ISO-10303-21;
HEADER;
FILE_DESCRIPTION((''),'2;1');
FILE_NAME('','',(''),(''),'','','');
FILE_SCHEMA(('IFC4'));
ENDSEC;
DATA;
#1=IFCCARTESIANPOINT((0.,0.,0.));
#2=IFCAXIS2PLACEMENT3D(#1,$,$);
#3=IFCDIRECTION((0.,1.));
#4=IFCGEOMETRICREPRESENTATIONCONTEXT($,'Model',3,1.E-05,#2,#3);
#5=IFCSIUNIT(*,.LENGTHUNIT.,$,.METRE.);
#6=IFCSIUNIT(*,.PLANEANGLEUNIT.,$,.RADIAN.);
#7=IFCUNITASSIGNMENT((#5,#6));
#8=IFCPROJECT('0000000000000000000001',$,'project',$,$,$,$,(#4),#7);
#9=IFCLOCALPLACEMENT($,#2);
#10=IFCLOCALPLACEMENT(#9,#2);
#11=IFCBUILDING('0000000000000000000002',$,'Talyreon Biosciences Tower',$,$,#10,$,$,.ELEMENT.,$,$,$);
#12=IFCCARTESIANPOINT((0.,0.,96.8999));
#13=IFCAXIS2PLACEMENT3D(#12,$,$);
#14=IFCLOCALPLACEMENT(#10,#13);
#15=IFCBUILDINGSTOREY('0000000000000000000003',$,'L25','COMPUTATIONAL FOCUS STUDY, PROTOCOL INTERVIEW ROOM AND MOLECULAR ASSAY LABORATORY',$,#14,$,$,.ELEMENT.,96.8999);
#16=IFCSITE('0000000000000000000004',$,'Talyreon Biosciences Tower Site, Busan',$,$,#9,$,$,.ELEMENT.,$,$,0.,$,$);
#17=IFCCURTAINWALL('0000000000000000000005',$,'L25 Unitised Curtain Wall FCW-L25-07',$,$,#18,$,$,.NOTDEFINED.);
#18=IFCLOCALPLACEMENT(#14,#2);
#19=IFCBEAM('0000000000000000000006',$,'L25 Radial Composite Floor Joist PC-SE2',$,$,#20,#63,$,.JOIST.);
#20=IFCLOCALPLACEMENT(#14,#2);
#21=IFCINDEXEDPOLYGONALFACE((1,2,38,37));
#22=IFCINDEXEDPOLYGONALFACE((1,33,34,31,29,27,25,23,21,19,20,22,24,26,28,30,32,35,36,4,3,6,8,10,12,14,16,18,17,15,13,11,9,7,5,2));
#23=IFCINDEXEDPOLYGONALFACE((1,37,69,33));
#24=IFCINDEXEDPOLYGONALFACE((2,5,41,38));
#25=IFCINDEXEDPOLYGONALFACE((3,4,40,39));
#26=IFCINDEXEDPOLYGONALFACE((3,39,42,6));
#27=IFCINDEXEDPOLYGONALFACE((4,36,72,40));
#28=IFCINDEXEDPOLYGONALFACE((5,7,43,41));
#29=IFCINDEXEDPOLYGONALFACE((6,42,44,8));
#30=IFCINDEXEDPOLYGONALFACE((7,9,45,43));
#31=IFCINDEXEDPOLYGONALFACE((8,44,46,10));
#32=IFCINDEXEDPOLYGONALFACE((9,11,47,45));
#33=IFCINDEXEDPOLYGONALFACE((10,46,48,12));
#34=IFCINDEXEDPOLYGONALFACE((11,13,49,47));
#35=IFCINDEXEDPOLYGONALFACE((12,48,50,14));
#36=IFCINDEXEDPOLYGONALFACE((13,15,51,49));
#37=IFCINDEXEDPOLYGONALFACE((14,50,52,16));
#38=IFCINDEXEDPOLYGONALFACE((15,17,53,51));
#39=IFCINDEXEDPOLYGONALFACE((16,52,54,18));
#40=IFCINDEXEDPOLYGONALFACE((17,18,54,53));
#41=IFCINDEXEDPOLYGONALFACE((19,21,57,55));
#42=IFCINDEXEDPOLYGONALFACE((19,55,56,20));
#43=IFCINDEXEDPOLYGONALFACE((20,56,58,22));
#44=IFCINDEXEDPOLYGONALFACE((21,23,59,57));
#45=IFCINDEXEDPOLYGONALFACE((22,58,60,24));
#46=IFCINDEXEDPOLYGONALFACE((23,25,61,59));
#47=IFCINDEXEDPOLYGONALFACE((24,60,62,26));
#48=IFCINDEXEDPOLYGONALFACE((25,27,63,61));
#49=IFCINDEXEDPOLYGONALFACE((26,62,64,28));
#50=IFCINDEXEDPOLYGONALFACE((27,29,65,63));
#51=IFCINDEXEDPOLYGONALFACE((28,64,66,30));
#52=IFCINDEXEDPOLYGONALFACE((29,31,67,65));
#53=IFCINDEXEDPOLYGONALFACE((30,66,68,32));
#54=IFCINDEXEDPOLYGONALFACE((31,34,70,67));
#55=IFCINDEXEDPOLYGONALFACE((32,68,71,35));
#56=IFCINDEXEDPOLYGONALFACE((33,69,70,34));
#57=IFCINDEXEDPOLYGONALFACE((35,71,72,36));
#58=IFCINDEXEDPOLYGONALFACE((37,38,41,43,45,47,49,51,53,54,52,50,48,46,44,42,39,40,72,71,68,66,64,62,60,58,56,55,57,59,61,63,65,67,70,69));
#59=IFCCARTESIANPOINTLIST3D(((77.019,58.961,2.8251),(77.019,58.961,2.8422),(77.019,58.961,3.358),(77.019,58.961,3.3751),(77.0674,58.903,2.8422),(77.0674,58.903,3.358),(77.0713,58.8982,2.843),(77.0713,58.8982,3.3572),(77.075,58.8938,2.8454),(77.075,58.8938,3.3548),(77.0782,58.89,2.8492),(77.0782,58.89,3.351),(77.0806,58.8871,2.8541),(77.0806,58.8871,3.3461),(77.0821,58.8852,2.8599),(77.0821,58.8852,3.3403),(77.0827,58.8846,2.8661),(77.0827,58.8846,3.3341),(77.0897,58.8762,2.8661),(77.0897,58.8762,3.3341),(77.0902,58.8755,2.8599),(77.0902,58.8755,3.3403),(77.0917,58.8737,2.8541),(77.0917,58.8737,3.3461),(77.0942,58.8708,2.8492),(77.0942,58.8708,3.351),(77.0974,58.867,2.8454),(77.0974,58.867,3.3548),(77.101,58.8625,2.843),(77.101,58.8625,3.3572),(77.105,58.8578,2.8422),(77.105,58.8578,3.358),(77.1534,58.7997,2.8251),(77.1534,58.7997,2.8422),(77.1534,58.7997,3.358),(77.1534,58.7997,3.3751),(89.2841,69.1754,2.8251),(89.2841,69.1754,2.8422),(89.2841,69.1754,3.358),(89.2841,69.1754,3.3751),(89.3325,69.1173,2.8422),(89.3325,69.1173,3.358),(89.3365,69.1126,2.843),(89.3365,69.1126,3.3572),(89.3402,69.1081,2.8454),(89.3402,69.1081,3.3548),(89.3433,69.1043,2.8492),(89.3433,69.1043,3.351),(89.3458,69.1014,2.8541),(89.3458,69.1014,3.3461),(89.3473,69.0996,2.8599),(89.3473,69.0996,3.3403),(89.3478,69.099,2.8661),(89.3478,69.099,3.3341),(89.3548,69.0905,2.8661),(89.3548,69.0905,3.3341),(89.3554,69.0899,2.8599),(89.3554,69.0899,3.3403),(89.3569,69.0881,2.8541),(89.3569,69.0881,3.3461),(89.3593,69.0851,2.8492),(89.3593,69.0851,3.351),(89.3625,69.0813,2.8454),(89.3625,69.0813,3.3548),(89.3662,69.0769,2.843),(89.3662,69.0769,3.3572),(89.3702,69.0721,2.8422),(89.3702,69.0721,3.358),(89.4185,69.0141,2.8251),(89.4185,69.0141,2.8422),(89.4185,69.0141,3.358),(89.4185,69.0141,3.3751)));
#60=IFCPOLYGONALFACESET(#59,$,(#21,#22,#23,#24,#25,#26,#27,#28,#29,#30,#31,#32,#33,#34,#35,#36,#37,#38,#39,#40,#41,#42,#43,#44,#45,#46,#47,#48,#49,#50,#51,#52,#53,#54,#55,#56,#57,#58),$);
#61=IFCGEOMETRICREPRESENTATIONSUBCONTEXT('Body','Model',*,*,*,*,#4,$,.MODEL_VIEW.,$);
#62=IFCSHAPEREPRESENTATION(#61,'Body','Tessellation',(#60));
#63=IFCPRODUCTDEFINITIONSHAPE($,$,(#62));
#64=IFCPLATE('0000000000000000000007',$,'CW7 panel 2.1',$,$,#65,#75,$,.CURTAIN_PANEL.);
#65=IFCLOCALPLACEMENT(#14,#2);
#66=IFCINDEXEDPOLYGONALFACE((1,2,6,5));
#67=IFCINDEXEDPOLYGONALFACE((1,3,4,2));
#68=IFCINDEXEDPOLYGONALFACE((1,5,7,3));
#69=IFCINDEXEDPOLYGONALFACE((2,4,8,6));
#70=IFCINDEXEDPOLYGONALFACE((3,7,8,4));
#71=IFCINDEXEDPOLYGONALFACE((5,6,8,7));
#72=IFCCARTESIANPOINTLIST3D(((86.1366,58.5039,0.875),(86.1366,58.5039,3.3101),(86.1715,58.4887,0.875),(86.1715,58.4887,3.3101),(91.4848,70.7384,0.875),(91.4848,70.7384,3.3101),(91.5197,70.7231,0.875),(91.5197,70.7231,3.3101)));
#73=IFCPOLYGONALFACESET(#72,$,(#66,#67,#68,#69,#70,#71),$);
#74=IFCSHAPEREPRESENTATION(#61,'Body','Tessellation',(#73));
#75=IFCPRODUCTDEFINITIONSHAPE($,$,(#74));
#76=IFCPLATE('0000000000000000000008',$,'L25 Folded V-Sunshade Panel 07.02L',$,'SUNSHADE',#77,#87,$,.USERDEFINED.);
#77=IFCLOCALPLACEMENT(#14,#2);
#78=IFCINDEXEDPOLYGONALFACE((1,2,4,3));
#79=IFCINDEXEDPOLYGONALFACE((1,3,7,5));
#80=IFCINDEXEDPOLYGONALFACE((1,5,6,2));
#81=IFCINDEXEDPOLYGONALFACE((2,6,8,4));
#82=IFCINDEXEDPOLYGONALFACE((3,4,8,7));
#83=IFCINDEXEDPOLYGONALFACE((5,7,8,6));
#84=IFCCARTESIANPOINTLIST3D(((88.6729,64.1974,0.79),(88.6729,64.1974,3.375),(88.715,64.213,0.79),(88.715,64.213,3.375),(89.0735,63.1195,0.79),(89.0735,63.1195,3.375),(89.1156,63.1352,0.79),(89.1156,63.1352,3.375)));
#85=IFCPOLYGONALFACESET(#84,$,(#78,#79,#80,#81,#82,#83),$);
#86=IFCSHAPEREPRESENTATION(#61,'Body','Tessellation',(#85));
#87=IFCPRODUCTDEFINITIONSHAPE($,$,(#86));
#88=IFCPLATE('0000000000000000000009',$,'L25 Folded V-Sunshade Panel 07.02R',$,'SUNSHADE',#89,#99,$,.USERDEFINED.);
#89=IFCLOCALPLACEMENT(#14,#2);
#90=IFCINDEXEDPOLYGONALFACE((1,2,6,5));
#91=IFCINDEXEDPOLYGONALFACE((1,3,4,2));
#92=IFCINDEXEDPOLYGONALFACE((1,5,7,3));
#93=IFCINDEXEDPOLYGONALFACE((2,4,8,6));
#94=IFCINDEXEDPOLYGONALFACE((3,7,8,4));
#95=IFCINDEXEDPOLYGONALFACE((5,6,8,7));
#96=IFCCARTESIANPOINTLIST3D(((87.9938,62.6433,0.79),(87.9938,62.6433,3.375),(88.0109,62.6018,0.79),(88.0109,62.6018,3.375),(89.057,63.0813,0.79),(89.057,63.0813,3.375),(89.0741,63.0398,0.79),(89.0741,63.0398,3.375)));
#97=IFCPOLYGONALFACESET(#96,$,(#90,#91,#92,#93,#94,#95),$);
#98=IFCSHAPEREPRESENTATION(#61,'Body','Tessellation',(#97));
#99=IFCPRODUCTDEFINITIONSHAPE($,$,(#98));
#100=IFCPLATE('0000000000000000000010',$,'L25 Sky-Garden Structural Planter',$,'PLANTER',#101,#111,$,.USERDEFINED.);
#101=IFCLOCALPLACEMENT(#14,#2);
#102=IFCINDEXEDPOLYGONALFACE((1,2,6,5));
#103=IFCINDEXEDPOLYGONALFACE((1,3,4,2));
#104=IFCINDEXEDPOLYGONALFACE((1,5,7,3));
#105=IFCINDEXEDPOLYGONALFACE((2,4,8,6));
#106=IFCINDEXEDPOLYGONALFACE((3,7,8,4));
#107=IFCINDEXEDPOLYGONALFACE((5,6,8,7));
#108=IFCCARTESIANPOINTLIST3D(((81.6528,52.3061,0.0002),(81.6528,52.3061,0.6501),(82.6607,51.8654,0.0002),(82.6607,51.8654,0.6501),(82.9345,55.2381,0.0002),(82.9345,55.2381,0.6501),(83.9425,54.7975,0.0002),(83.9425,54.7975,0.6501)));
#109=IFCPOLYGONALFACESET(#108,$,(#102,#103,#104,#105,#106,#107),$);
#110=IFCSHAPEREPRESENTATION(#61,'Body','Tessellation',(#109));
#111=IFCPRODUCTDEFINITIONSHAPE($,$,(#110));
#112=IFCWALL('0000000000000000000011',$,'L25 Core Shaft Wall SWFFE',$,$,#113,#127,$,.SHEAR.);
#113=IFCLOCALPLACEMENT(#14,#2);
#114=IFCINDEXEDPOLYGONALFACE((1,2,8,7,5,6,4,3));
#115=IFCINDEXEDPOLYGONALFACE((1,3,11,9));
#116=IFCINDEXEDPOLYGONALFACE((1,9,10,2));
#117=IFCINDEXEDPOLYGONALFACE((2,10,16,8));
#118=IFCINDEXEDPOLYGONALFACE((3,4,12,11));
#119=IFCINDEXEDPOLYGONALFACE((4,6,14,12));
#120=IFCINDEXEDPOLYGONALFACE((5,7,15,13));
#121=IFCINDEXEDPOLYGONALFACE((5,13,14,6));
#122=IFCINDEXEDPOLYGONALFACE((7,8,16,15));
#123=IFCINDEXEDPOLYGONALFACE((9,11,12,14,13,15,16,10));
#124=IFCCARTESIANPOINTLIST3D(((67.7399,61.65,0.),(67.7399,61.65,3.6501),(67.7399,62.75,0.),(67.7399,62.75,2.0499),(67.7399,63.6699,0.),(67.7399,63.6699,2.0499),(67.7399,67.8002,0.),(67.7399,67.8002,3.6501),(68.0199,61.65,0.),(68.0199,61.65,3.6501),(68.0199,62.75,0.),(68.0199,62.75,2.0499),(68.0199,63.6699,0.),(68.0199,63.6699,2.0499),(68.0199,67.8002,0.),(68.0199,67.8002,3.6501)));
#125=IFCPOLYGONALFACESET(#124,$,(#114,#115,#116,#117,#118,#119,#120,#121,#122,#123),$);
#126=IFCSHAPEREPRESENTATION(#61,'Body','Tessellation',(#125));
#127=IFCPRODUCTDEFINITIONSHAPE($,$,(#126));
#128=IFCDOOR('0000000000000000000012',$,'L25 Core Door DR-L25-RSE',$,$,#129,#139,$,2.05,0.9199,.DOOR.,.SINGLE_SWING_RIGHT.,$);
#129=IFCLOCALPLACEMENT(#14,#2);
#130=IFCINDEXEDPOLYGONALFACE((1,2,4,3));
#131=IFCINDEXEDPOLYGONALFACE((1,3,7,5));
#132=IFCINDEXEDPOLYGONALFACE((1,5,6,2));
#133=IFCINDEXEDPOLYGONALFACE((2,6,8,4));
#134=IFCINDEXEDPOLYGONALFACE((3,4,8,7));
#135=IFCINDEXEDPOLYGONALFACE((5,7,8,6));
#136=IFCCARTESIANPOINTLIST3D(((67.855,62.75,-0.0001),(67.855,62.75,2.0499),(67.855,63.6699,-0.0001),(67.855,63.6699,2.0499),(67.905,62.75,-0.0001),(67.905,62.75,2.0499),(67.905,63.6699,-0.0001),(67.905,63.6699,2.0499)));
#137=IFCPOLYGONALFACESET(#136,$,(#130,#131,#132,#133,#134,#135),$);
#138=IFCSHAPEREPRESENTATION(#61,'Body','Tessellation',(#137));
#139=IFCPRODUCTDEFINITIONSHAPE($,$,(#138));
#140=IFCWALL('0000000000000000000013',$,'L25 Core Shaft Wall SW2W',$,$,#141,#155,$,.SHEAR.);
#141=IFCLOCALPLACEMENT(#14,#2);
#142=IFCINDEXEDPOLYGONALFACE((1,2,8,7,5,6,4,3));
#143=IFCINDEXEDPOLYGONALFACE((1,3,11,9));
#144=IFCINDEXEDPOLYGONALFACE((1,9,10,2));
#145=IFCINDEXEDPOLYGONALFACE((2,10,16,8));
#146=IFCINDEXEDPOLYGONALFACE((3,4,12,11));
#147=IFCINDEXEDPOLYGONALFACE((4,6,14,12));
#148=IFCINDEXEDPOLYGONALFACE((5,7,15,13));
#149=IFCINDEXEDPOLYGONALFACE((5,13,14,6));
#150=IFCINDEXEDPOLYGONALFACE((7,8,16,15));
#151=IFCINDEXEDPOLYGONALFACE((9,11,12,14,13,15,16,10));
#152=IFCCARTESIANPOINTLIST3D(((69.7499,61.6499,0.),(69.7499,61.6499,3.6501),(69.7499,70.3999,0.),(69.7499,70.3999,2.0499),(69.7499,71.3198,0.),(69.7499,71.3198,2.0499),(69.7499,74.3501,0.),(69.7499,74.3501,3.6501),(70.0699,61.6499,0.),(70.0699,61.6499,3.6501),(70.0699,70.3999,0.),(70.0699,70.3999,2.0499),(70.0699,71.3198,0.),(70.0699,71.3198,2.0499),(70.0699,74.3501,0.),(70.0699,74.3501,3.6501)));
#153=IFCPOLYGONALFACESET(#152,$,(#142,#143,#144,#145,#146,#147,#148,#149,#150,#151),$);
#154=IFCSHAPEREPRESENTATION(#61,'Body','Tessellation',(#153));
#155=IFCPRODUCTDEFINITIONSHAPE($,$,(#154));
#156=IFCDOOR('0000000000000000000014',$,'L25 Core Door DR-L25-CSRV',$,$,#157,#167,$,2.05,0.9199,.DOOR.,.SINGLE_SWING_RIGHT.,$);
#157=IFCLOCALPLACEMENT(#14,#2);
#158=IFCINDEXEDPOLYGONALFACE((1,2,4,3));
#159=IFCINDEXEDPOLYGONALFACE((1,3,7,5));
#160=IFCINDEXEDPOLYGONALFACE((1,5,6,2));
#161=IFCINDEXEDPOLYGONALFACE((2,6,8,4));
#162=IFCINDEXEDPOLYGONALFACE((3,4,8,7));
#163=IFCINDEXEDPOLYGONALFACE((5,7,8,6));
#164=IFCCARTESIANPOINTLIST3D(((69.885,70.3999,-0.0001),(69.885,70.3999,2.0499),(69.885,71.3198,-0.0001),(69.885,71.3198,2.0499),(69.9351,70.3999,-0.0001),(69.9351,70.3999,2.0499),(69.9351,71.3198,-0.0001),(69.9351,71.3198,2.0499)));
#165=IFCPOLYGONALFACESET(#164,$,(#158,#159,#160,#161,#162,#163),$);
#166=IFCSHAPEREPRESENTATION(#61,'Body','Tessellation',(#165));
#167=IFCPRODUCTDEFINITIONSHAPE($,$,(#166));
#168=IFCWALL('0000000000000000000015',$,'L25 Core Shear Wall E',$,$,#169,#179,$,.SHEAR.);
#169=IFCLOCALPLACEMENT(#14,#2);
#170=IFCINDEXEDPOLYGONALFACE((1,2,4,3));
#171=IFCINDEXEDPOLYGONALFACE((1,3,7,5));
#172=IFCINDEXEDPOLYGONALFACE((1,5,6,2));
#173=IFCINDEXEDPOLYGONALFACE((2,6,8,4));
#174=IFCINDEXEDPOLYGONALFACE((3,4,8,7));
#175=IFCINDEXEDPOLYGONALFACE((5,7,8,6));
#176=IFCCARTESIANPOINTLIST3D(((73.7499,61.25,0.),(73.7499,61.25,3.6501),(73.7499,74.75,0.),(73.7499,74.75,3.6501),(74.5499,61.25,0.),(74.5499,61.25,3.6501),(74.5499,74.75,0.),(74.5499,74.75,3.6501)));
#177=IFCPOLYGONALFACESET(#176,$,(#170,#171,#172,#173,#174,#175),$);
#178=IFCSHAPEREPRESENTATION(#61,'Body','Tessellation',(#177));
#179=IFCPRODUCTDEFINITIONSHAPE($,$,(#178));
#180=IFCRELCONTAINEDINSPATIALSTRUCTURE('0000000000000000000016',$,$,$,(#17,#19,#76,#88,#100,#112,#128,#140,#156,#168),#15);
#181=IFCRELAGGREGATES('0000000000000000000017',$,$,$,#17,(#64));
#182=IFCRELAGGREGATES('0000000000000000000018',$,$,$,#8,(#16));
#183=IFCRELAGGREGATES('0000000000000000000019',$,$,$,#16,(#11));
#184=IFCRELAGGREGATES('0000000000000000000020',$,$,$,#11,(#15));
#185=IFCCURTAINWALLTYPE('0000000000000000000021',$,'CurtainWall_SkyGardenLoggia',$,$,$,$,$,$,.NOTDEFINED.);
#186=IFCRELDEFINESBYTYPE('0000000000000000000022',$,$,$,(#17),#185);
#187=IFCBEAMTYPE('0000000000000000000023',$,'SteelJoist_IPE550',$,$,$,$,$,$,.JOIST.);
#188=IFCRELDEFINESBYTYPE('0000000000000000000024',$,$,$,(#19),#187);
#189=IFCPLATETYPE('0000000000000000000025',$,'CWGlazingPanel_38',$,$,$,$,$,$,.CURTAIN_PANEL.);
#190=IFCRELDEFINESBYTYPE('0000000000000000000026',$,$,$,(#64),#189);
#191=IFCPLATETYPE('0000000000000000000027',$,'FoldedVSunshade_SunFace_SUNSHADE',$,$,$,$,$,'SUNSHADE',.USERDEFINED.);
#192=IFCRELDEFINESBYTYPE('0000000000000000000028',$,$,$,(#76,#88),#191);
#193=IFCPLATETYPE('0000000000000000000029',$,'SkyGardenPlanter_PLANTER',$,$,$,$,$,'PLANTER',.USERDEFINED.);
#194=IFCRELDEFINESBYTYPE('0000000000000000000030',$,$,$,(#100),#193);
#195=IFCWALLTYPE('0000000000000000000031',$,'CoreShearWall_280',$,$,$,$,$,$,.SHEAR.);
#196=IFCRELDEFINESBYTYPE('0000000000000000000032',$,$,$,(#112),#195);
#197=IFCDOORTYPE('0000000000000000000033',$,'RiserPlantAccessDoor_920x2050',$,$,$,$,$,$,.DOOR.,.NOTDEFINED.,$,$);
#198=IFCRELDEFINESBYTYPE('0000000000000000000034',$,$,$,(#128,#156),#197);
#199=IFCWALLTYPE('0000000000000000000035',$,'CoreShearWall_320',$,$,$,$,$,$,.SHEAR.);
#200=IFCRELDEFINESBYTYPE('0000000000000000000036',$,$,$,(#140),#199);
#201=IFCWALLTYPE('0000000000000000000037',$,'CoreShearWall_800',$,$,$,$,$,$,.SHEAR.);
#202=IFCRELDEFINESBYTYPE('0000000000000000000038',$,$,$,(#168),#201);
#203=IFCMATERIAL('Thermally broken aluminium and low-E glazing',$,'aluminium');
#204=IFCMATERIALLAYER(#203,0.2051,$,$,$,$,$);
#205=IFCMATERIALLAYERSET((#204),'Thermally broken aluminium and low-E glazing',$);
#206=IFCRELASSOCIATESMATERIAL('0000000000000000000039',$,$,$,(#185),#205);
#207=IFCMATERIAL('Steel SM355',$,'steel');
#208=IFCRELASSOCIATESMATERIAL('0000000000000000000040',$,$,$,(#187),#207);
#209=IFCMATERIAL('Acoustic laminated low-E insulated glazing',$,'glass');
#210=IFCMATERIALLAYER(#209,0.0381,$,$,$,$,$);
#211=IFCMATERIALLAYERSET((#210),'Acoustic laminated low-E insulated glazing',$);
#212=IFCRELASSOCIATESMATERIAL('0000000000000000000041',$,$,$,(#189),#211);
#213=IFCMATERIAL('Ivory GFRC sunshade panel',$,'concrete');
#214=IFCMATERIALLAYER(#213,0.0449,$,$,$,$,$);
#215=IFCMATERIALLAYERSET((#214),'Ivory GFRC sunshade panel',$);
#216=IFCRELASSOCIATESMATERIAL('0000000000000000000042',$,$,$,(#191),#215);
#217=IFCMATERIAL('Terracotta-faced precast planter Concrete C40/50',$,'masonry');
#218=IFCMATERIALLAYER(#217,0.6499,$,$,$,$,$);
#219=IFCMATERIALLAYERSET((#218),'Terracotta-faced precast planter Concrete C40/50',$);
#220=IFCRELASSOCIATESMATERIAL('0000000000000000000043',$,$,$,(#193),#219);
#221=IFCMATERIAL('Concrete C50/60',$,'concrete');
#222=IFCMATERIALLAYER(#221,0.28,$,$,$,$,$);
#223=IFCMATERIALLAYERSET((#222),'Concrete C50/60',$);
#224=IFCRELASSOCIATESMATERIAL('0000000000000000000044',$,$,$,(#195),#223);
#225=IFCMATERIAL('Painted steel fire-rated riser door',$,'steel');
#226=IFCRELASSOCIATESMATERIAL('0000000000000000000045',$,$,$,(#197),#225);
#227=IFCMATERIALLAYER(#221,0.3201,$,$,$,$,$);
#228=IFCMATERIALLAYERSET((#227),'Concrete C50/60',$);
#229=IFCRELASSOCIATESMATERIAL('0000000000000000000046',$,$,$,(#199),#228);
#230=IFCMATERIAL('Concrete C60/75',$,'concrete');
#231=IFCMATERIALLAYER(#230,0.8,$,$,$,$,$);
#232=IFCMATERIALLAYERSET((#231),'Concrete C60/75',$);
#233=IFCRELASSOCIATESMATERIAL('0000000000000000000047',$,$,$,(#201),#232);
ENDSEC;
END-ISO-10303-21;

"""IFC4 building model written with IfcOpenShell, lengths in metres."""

from ifc_helpers import new_model, si_unit, direction, frame, frame_2d, origin, origin_2d, place, context, subcontext, project, spatial, rectangle, i_section, extrude, material, layer, layer_set, material_profile, profile_set, type_object, element, fill, aggregate, save


model = new_model("IFC4")

# Units and contexts
model_context = context("Model", 3, precision=1e-05, world=origin(), true_north=direction((0.0, 1.0)))
body_context = subcontext(model_context, "Body", "Model", "MODEL_VIEW")
ifc_project = project(units=[si_unit("LENGTHUNIT", "METRE"), si_unit("PLANEANGLEUNIT", "RADIAN")], contexts=[model_context])

# Site, building, storey
site_placement = place(None, origin())
site = spatial("IfcSite", under=ifc_project, at=site_placement, Name="Talyreon Biosciences Tower Site, Busan", CompositionType="ELEMENT", RefElevation=0.0)
building_placement = place(site_placement, origin())
building = spatial("IfcBuilding", under=site, at=building_placement, Name="Talyreon Biosciences Tower", CompositionType="ELEMENT")
storey_placement = place(building_placement, frame((0.0, 0.0, 96.8999)))
storey = spatial("IfcBuildingStorey", under=building, at=storey_placement, Name="L25", Description="COMPUTATIONAL FOCUS STUDY, PROTOCOL INTERVIEW ROOM AND MOLECULAR ASSAY LABORATORY", CompositionType="ELEMENT", Elevation=96.8999)

# Shared definitions
ifc_material_1 = material(Name="Concrete C60/75", Category="concrete")
ifc_material_2 = material(Name="Concrete C50/60", Category="concrete")

# Curtain wall
ifc_material_3 = material(Name="Thermally broken aluminium and low-E glazing", Category="aluminium")
ifc_layer_1 = layer(ifc_material_3, 0.2051)
ifc_layer_set_1 = layer_set([ifc_layer_1], Name="Thermally broken aluminium and low-E glazing")
curtain_wall_type = type_object("IfcCurtainWallType", Name="CurtainWall_SkyGardenLoggia", PredefinedType="NOTDEFINED", material=ifc_layer_set_1)
curtain_wall_placement = place(storey_placement, origin())
curtain_wall = element("IfcCurtainWall", 1, at=curtain_wall_placement, inside=storey, type_object=curtain_wall_type, Name="L25 Unitised Curtain Wall FCW-L25-07", PredefinedType="NOTDEFINED")

# Beam
ifc_material_4 = material(Name="Steel SM355", Category="steel")
ifc_material_profile_1 = material_profile(ifc_material_4, i_section(OverallWidth=0.21, OverallDepth=0.55, WebThickness=0.011, FlangeThickness=0.0171, FilletRadius=0.0239, at=origin_2d()), Name="IPE550")
ifc_profile_set_1 = profile_set([ifc_material_profile_1], Name="Steel SM355")
beam_type_1 = type_object("IfcBeamType", Name="SteelJoist_IPE550", PredefinedType="JOIST", material=ifc_profile_set_1)
beam_1_placement = place(storey_placement, frame((77.0862, 58.8804, 3.1001), z_axis=(0.768424, 0.639941, 0.0), x_axis=(-0.639941, 0.768424, 0.0)))
element("IfcBeam", 2, at=beam_1_placement, inside=storey, type_object=beam_type_1, Name="L25 Radial Composite Floor Joist PC-SE2", PredefinedType="JOIST", context=body_context, shape_type="SweptSolid", body=[
    extrude(i_section(OverallWidth=0.21, OverallDepth=0.55, WebThickness=0.011, FlangeThickness=0.0171, FilletRadius=0.0239, at=origin_2d()), origin(), (0.0, 0.0, 1.0), 15.9614),
])

# Plate
ifc_material_5 = material(Name="Acoustic laminated low-E insulated glazing", Category="glass")
ifc_layer_2 = layer(ifc_material_5, 0.0381)
ifc_layer_set_2 = layer_set([ifc_layer_2], Name="Acoustic laminated low-E insulated glazing")
plate_type_1 = type_object("IfcPlateType", Name="CWGlazingPanel_38", PredefinedType="CURTAIN_PANEL", material=ifc_layer_set_2)
plate_1_placement = place(storey_placement, frame((88.8281, 64.6135, 0.875), z_axis=(0.0, 0.0, 1.0), x_axis=(-0.400543, -0.916278, 0.0)))
plate_1 = element("IfcPlate", 3, at=plate_1_placement, type_object=plate_type_1, Name="CW7 panel 2.1", PredefinedType="CURTAIN_PANEL", context=body_context, shape_type="SweptSolid", body=[
    extrude(rectangle(XDim=13.3523, YDim=0.0381, at=origin_2d()), origin(), (0.0, 0.0, 1.0), 2.4351),
])
aggregate(curtain_wall, [plate_1])

# Plates
ifc_material_6 = material(Name="Ivory GFRC sunshade panel", Category="concrete")
ifc_layer_3 = layer(ifc_material_6, 0.0449)
ifc_layer_set_3 = layer_set([ifc_layer_3], Name="Ivory GFRC sunshade panel")
plate_type_2 = type_object("IfcPlateType", Name="FoldedVSunshade_SunFace_SUNSHADE", ElementType="SUNSHADE", PredefinedType="USERDEFINED", material=ifc_layer_set_3)
for number, where, z_axis, x_axis, name in (
    (4, (88.8943, 63.6663, 0.79), (0.0, 0.0, 1.0), (0.348376, -0.937355, 0.0), "L25 Folded V-Sunshade Panel 07.02L"),
    (5, (88.5339, 62.8416, 0.79), (0.0, 0.0, 1.0), (-0.924626, -0.380877, 0.0), "L25 Folded V-Sunshade Panel 07.02R"),
):
    element("IfcPlate", number, at=place(storey_placement, frame(where, z_axis=z_axis, x_axis=x_axis)), inside=storey, type_object=plate_type_2, Name=name, ObjectType="SUNSHADE", PredefinedType="USERDEFINED", context=body_context, shape_type="SweptSolid", body=[
        extrude(rectangle(XDim=1.1499, YDim=0.0449, at=origin_2d()), origin(), (0.0, 0.0, 1.0), 2.585),
    ])
ifc_material_7 = material(Name="Terracotta-faced precast planter Concrete C40/50", Category="masonry")
ifc_layer_4 = layer(ifc_material_7, 0.6499)
ifc_layer_set_4 = layer_set([ifc_layer_4], Name="Terracotta-faced precast planter Concrete C40/50")
plate_type_3 = type_object("IfcPlateType", Name="SkyGardenPlanter_PLANTER", ElementType="PLANTER", PredefinedType="USERDEFINED", material=ifc_layer_set_4)
plate_2_placement = place(storey_placement, frame((82.7976, 53.5518, 0.0002), z_axis=(0.0, 0.0, 1.0), x_axis=(0.400541, 0.916279, 0.0)))
element("IfcPlate", 6, at=plate_2_placement, inside=storey, type_object=plate_type_3, Name="L25 Sky-Garden Structural Planter", ObjectType="PLANTER", PredefinedType="USERDEFINED", context=body_context, shape_type="SweptSolid", body=[
    extrude(rectangle(XDim=3.2, YDim=1.1001, at=origin_2d()), origin(), (0.0, 0.0, 1.0), 0.6499),
])

# Walls, openings, doors
ifc_layer_5 = layer(ifc_material_2, 0.28)
ifc_layer_set_5 = layer_set([ifc_layer_5], Name="Concrete C50/60")
wall_type_1 = type_object("IfcWallType", Name="CoreShearWall_280", PredefinedType="SHEAR", material=ifc_layer_set_5)
wall_1_placement = place(storey_placement, frame((67.8799, 61.6499, 0.0), z_axis=(0.0, 0.0, 1.0), x_axis=(0.0, 1.0, 0.0)))
wall_1 = element("IfcWall", 7, at=wall_1_placement, inside=storey, type_object=wall_type_1, Name="L25 Core Shaft Wall SWFFE", PredefinedType="SHEAR", context=body_context, shape_type="SweptSolid", body=[
    extrude(rectangle(XDim=6.1501, YDim=0.28, at=frame_2d((3.0752, 0.0))), origin(), (0.0, 0.0, 1.0), 3.6501),
])
opening_1_placement = place(wall_1_placement, frame((1.1001, 0.0, 0.0)))
opening_1 = element("IfcOpeningElement", 8, at=opening_1_placement, cuts=wall_1, PredefinedType="OPENING", context=body_context, shape_type="SweptSolid", body=[
    extrude(rectangle(XDim=0.9199, YDim=2.05, at=frame_2d((0.46, 1.0249))), frame((0.0, 0.1499, 0.0), z_axis=(0.0, -1.0, 0.0), x_axis=(1.0, 0.0, 0.0)), (0.0, 0.0, 1.0), 0.3),
])
ifc_material_8 = material(Name="Painted steel fire-rated riser door", Category="steel")
door_type_1 = type_object("IfcDoorType", Name="RiserPlantAccessDoor_920x2050", OperationType="NOTDEFINED", PredefinedType="DOOR", material=ifc_material_8)
door_1_placement = place(opening_1_placement, origin())
door_1 = element("IfcDoor", 9, at=door_1_placement, inside=storey, type_object=door_type_1, Name="L25 Core Door DR-L25-RSE", OperationType="SINGLE_SWING_RIGHT", OverallHeight=2.05, OverallWidth=0.9199, PredefinedType="DOOR", context=body_context, shape_type="SweptSolid", body=[
    extrude(rectangle(XDim=0.9199, YDim=2.05, at=frame_2d((0.46, 1.0249))), frame((0.0, 0.0249, 0.0), z_axis=(0.0, -1.0, 0.0), x_axis=(1.0, 0.0, 0.0)), (0.0, 0.0, 1.0), 0.05),
])
fill(opening_1, door_1)
ifc_layer_6 = layer(ifc_material_2, 0.3201)
ifc_layer_set_6 = layer_set([ifc_layer_6], Name="Concrete C50/60")
wall_type_2 = type_object("IfcWallType", Name="CoreShearWall_320", PredefinedType="SHEAR", material=ifc_layer_set_6)
wall_2_placement = place(storey_placement, frame((69.9099, 61.6499, 0.0), z_axis=(0.0, 0.0, 1.0), x_axis=(0.0, 1.0, 0.0)))
wall_2 = element("IfcWall", 10, at=wall_2_placement, inside=storey, type_object=wall_type_2, Name="L25 Core Shaft Wall SW2W", PredefinedType="SHEAR", context=body_context, shape_type="SweptSolid", body=[
    extrude(rectangle(XDim=12.7002, YDim=0.3201, at=frame_2d((6.3501, 0.0))), origin(), (0.0, 0.0, 1.0), 3.6501),
])
opening_2_placement = place(wall_2_placement, frame((8.75, 0.0, 0.0)))
opening_2 = element("IfcOpeningElement", 11, at=opening_2_placement, cuts=wall_2, PredefinedType="OPENING", context=body_context, shape_type="SweptSolid", body=[
    extrude(rectangle(XDim=0.9199, YDim=2.05, at=frame_2d((0.46, 1.0249))), frame((0.0, 0.1699, 0.0), z_axis=(0.0, -1.0, 0.0), x_axis=(1.0, 0.0, 0.0)), (0.0, 0.0, 1.0), 0.3401),
])
door_2_placement = place(opening_2_placement, origin())
door_2 = element("IfcDoor", 12, at=door_2_placement, inside=storey, type_object=door_type_1, Name="L25 Core Door DR-L25-CSRV", OperationType="SINGLE_SWING_RIGHT", OverallHeight=2.05, OverallWidth=0.9199, PredefinedType="DOOR", context=body_context, shape_type="SweptSolid", body=[
    extrude(rectangle(XDim=0.9199, YDim=2.05, at=frame_2d((0.46, 1.0249))), frame((0.0, 0.0249, 0.0), z_axis=(0.0, -1.0, 0.0), x_axis=(1.0, 0.0, 0.0)), (0.0, 0.0, 1.0), 0.05),
])
fill(opening_2, door_2)

# Wall
ifc_layer_7 = layer(ifc_material_1, 0.8)
ifc_layer_set_7 = layer_set([ifc_layer_7], Name="Concrete C60/75")
wall_type_3 = type_object("IfcWallType", Name="CoreShearWall_800", PredefinedType="SHEAR", material=ifc_layer_set_7)
wall_3_placement = place(storey_placement, frame((74.1499, 61.25, 0.0), z_axis=(0.0, 0.0, 1.0), x_axis=(0.0, 1.0, 0.0)))
element("IfcWall", 13, at=wall_3_placement, inside=storey, type_object=wall_type_3, Name="L25 Core Shear Wall E", PredefinedType="SHEAR", context=body_context, shape_type="SweptSolid", body=[
    extrude(rectangle(XDim=13.5, YDim=0.8, at=frame_2d((6.75, 0.0))), origin(), (0.0, 0.0, 1.0), 3.6501),
])

save(model, "model.ifc")
